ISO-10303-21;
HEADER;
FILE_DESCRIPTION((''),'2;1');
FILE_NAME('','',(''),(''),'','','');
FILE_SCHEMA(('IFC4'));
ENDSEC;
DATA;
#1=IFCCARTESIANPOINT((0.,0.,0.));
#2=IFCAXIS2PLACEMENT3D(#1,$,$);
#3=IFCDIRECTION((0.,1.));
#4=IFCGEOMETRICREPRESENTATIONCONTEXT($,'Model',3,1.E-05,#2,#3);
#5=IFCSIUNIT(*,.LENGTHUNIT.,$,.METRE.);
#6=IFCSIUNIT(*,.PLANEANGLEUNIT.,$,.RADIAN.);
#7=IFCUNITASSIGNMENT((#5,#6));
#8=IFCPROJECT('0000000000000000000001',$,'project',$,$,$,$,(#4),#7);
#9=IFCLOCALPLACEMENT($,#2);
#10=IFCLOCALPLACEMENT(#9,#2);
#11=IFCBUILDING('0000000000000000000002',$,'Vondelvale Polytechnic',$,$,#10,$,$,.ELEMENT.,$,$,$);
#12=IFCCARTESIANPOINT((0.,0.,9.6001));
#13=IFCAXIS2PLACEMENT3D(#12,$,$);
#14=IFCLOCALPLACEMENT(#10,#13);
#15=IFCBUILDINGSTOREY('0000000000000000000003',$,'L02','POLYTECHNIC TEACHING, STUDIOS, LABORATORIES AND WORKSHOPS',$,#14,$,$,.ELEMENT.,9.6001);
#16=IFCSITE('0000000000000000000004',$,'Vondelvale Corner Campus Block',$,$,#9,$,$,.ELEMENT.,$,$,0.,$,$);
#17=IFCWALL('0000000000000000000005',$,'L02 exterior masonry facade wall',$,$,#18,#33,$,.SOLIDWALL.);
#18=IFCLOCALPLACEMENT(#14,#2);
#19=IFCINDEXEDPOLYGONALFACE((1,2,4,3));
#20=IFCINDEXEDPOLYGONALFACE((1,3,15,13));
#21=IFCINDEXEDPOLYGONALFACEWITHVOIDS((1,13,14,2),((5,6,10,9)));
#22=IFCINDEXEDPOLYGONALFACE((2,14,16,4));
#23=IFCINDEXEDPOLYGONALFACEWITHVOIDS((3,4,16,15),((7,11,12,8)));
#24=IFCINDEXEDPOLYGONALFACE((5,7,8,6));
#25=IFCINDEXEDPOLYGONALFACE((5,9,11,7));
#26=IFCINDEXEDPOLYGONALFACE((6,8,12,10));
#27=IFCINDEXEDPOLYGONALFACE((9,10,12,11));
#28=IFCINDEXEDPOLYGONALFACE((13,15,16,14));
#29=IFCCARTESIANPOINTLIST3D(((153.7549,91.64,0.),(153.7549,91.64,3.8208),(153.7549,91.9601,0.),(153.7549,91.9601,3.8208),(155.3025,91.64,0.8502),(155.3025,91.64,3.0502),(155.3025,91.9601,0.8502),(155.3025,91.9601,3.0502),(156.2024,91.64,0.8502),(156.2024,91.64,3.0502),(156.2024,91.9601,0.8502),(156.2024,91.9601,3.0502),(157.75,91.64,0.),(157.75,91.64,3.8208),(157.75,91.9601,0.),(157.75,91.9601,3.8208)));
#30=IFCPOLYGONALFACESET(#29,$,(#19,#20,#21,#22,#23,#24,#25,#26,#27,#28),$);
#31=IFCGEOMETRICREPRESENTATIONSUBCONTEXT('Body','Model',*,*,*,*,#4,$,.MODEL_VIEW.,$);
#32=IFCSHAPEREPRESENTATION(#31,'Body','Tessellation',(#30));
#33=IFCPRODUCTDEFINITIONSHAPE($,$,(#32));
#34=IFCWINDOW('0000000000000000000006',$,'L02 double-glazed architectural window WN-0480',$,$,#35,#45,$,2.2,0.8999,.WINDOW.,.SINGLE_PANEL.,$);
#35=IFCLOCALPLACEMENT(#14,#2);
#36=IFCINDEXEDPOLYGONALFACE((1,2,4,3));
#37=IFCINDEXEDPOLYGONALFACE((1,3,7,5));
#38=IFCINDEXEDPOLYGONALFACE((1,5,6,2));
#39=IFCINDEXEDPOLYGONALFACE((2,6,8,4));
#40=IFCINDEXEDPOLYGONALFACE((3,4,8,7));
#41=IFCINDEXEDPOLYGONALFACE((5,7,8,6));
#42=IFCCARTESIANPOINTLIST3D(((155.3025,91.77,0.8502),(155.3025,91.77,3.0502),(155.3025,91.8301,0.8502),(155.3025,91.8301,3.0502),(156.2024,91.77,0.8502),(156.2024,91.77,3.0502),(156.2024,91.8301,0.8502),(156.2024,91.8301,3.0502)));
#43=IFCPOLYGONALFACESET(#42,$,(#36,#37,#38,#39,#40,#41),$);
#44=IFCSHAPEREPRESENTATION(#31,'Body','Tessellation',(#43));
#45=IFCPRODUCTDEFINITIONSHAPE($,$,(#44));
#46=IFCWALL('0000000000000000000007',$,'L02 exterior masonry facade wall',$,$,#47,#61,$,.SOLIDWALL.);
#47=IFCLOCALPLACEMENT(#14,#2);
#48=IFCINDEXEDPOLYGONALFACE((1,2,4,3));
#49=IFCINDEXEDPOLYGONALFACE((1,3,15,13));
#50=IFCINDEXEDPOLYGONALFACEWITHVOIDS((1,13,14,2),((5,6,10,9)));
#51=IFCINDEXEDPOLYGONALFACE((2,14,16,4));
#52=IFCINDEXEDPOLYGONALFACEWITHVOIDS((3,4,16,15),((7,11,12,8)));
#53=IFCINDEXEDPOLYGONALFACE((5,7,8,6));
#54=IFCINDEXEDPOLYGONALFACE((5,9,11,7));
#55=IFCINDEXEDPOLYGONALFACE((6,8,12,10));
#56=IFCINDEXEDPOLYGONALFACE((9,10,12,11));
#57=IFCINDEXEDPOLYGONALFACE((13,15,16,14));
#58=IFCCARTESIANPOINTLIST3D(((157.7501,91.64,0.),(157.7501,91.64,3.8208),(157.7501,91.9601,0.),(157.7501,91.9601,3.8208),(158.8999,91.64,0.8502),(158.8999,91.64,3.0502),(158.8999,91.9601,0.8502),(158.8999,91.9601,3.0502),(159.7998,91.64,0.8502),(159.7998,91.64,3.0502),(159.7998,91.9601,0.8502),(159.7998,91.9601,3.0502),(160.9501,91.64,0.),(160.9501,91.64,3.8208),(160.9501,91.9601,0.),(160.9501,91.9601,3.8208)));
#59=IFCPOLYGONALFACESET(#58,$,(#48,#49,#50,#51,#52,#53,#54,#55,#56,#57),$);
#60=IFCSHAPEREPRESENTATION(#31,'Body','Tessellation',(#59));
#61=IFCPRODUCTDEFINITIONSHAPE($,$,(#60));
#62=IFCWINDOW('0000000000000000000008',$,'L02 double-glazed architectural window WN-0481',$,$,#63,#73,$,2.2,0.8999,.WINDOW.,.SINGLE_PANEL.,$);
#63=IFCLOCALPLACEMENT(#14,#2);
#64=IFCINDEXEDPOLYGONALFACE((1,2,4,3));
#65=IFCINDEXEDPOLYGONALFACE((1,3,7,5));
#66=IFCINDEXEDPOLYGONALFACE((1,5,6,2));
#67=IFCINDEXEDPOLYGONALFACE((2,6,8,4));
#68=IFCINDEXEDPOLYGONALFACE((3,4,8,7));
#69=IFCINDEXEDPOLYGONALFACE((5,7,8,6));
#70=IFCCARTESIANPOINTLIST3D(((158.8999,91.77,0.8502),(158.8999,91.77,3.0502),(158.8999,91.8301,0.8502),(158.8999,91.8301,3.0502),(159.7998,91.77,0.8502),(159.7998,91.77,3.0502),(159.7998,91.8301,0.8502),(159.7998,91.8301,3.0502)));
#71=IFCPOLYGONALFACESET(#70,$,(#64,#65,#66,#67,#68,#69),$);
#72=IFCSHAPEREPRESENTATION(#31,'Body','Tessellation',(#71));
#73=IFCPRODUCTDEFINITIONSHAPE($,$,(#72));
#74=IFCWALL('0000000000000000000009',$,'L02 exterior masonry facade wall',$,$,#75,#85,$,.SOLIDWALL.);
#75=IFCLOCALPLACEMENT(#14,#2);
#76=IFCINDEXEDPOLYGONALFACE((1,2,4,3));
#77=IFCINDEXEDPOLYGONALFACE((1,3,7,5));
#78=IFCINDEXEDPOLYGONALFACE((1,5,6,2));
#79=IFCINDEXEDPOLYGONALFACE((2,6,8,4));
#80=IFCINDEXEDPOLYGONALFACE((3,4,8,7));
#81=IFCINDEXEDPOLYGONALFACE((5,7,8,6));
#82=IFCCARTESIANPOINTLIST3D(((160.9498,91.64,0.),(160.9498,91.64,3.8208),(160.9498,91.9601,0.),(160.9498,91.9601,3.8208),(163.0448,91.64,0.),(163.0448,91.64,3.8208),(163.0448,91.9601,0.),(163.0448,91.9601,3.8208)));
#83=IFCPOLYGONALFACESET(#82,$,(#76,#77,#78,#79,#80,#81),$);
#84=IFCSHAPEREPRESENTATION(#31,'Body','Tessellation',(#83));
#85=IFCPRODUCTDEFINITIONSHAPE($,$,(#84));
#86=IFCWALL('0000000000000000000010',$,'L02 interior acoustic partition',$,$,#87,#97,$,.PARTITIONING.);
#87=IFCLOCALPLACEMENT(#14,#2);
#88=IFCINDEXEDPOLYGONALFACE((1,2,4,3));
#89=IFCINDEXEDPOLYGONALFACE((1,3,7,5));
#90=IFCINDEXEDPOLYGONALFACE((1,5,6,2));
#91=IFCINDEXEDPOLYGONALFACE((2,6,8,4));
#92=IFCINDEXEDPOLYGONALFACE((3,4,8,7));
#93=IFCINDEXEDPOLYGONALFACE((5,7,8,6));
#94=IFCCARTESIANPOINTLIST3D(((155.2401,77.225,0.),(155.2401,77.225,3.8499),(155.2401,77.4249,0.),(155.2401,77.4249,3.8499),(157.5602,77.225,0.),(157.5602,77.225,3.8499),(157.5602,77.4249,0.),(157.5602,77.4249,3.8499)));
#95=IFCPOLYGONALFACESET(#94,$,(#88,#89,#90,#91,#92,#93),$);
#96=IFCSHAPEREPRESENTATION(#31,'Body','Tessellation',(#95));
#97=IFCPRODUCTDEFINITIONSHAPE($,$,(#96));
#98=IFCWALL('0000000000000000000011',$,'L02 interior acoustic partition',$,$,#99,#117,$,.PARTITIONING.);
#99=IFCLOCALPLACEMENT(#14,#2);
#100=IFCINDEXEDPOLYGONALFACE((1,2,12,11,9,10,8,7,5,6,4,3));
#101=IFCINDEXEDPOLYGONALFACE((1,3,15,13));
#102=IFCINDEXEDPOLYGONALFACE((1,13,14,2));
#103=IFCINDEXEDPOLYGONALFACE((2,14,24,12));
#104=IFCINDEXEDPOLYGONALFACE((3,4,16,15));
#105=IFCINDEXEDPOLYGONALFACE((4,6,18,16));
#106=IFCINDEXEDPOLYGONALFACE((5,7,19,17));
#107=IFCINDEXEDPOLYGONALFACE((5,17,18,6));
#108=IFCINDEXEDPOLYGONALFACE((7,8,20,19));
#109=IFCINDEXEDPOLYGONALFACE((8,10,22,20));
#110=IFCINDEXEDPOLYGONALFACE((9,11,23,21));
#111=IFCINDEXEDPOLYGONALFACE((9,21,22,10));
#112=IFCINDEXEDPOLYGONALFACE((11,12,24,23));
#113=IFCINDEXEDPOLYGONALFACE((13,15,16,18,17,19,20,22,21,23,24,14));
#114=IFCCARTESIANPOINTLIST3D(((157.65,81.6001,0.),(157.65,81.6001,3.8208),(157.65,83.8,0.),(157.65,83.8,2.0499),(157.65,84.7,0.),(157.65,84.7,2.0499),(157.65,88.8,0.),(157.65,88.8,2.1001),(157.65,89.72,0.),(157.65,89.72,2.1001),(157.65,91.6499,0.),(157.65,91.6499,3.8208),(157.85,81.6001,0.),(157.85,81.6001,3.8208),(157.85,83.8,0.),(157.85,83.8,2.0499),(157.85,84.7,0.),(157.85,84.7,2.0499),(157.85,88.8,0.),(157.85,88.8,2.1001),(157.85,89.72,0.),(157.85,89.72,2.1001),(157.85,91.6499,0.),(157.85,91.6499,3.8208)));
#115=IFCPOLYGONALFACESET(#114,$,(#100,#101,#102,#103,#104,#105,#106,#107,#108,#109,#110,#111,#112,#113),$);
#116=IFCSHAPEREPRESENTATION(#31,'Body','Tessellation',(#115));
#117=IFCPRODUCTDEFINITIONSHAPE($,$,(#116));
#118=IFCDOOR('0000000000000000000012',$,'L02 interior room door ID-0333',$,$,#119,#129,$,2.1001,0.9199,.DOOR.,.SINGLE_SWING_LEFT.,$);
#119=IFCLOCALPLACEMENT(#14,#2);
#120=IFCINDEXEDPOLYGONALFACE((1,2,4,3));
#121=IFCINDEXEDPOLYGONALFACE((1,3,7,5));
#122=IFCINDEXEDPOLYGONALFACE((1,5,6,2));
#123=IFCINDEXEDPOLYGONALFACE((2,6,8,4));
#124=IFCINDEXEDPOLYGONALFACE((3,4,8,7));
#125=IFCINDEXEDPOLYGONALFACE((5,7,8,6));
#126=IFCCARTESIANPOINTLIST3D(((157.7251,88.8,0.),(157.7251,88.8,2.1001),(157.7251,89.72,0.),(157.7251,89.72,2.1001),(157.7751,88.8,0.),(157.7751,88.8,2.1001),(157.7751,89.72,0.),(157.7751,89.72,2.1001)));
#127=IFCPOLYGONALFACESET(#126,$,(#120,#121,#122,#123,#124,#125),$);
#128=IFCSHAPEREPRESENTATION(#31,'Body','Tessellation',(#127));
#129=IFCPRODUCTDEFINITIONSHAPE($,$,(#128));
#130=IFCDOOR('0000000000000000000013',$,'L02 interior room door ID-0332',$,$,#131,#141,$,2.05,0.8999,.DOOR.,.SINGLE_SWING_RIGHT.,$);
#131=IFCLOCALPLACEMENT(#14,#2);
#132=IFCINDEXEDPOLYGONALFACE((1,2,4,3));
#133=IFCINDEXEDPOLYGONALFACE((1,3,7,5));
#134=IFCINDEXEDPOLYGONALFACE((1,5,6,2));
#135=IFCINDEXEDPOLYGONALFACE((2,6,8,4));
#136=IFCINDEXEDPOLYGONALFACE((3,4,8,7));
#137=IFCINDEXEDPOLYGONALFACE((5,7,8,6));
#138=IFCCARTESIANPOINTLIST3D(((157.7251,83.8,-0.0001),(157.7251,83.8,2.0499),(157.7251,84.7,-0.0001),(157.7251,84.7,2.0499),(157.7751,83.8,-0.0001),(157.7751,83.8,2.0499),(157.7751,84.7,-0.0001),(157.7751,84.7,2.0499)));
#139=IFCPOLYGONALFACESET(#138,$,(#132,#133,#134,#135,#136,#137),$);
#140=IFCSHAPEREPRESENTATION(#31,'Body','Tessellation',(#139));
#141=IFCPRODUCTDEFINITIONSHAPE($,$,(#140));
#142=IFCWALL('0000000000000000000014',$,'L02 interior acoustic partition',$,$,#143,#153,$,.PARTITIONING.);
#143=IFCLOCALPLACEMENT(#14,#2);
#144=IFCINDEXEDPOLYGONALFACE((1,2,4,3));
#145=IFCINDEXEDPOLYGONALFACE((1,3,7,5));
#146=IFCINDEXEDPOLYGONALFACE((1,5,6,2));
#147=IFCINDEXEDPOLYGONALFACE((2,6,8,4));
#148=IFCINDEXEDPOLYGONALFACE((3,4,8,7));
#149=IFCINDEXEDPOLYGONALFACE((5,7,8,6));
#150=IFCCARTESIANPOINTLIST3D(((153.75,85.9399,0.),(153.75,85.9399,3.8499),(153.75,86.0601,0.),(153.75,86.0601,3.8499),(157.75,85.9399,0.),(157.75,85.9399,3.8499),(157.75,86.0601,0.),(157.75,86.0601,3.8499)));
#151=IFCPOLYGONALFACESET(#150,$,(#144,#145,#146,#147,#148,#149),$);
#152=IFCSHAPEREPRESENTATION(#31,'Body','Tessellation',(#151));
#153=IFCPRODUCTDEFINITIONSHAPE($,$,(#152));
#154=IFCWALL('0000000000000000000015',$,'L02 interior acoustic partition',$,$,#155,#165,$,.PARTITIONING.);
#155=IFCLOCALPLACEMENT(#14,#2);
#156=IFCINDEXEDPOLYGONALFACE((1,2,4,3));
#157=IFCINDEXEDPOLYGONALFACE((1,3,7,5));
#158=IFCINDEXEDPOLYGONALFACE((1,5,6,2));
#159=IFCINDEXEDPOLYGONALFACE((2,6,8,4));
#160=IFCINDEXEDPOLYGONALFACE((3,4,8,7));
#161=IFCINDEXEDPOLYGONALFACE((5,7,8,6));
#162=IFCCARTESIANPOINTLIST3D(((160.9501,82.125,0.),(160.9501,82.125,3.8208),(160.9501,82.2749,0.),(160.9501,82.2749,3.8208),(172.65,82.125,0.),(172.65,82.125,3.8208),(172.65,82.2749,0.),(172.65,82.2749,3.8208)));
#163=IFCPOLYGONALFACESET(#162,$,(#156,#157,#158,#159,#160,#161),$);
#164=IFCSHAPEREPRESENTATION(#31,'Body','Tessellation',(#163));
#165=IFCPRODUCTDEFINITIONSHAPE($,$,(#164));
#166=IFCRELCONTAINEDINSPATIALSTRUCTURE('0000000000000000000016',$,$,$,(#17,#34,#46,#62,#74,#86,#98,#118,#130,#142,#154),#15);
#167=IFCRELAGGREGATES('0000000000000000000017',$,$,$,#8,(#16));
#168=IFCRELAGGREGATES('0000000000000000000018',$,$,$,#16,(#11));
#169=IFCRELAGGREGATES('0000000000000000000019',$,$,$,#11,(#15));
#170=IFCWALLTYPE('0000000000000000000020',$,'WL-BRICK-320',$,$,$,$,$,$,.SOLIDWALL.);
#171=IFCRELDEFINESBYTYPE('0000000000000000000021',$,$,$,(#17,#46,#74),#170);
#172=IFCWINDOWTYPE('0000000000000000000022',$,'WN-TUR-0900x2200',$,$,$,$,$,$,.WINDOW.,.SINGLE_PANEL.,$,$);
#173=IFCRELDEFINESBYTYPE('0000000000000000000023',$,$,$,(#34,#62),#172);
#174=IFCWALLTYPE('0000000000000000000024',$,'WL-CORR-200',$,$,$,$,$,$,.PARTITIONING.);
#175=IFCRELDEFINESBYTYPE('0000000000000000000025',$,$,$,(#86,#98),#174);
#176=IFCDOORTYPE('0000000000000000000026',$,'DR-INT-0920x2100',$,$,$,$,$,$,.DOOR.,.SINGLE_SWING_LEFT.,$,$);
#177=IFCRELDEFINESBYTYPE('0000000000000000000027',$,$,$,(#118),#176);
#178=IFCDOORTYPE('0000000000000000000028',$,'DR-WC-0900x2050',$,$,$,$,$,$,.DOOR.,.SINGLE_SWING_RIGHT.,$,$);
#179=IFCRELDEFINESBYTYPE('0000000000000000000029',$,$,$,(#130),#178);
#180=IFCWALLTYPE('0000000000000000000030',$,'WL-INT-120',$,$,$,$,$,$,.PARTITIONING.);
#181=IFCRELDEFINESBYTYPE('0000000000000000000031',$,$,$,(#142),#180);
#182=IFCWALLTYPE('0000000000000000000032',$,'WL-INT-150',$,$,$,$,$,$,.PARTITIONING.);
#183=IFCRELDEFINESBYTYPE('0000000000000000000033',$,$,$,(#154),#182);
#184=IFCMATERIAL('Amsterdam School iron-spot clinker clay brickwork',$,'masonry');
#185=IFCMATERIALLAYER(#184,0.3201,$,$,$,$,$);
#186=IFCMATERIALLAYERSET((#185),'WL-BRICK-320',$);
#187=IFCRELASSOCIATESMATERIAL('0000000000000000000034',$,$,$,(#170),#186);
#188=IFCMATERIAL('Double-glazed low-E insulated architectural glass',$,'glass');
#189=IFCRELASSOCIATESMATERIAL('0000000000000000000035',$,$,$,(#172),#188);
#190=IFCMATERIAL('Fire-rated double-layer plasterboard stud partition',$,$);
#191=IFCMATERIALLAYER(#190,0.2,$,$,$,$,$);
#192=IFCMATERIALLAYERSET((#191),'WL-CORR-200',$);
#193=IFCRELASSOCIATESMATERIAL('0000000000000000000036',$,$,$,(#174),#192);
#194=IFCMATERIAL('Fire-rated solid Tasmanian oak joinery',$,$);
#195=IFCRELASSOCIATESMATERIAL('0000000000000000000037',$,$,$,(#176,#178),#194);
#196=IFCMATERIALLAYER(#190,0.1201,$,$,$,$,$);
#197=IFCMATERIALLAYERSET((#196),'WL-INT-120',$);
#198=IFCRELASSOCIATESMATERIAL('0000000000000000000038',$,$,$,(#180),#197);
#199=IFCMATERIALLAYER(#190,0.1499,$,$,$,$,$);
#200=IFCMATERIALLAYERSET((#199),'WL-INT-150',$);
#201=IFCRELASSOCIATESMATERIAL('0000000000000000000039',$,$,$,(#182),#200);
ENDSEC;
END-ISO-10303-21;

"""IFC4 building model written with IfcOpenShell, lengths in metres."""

from ifc_helpers import new_model, si_unit, direction, frame, frame_2d, origin, place, context, subcontext, project, spatial, rectangle, extrude, material, layer, layer_set, type_object, element, fill, save


model = new_model("IFC4")

# Units and contexts
model_context = context("Model", 3, precision=1e-05, world=origin(), true_north=direction((0.0, 1.0)))
body_context = subcontext(model_context, "Body", "Model", "MODEL_VIEW")
ifc_project = project(units=[si_unit("LENGTHUNIT", "METRE"), si_unit("PLANEANGLEUNIT", "RADIAN")], contexts=[model_context])

# Site, building, storey
site_placement = place(None, origin())
site = spatial("IfcSite", under=ifc_project, at=site_placement, Name="Vondelvale Corner Campus Block", CompositionType="ELEMENT", RefElevation=0.0)
building_placement = place(site_placement, origin())
building = spatial("IfcBuilding", under=site, at=building_placement, Name="Vondelvale Polytechnic", CompositionType="ELEMENT")
storey_placement = place(building_placement, frame((0.0, 0.0, 9.6001)))
storey = spatial("IfcBuildingStorey", under=building, at=storey_placement, Name="L02", Description="POLYTECHNIC TEACHING, STUDIOS, LABORATORIES AND WORKSHOPS", CompositionType="ELEMENT", Elevation=9.6001)

# Walls, openings, windows
ifc_material_1 = material(Name="Amsterdam School iron-spot clinker clay brickwork", Category="masonry")
ifc_layer_1 = layer(ifc_material_1, 0.3201)
ifc_layer_set_1 = layer_set([ifc_layer_1], Name="WL-BRICK-320")
wall_type_1 = type_object("IfcWallType", Name="WL-BRICK-320", PredefinedType="SOLIDWALL", material=ifc_layer_set_1)
wall_1_placement = place(storey_placement, frame((153.7549, 91.8, 0.0), z_axis=(0.0, 0.0, 1.0), x_axis=(1.0, 0.0, 0.0)))
wall_1 = element("IfcWall", 1, at=wall_1_placement, inside=storey, type_object=wall_type_1, Name="L02 exterior masonry facade wall", PredefinedType="SOLIDWALL", context=body_context, shape_type="SweptSolid", body=[
    extrude(rectangle(XDim=3.9951, YDim=0.3201, at=frame_2d((1.9976, 0.0))), origin(), (0.0, 0.0, 1.0), 3.8208),
])
opening_1_placement = place(wall_1_placement, frame((1.5476, 0.0, 0.8501)))
opening_1 = element("IfcOpeningElement", 2, at=opening_1_placement, cuts=wall_1, PredefinedType="OPENING", context=body_context, shape_type="SweptSolid", body=[
    extrude(rectangle(XDim=0.8999, YDim=2.2, at=frame_2d((0.45, 1.1001))), frame((0.0, 0.1699, 0.0), z_axis=(0.0, -1.0, 0.0), x_axis=(1.0, 0.0, 0.0)), (0.0, 0.0, 1.0), 0.3401),
])
ifc_material_2 = material(Name="Double-glazed low-E insulated architectural glass", Category="glass")
window_type = type_object("IfcWindowType", Name="WN-TUR-0900x2200", PartitioningType="SINGLE_PANEL", PredefinedType="WINDOW", material=ifc_material_2)
window_1_placement = place(opening_1_placement, origin())
window_1 = element("IfcWindow", 3, at=window_1_placement, inside=storey, type_object=window_type, Name="L02 double-glazed architectural window WN-0480", OverallHeight=2.2, OverallWidth=0.8999, PartitioningType="SINGLE_PANEL", PredefinedType="WINDOW", context=body_context, shape_type="SweptSolid", body=[
    extrude(rectangle(XDim=0.8999, YDim=2.2, at=frame_2d((0.45, 1.1001))), frame((0.0, 0.03, 0.0), z_axis=(0.0, -1.0, 0.0), x_axis=(1.0, 0.0, 0.0)), (0.0, 0.0, 1.0), 0.0601),
])
fill(opening_1, window_1)
wall_2_placement = place(storey_placement, frame((157.75, 91.8, 0.0), z_axis=(0.0, 0.0, 1.0), x_axis=(1.0, 0.0, 0.0)))
wall_2 = element("IfcWall", 4, at=wall_2_placement, inside=storey, type_object=wall_type_1, Name="L02 exterior masonry facade wall", PredefinedType="SOLIDWALL", context=body_context, shape_type="SweptSolid", body=[
    extrude(rectangle(XDim=3.2, YDim=0.3201, at=frame_2d((1.6001, 0.0))), origin(), (0.0, 0.0, 1.0), 3.8208),
])
opening_2_placement = place(wall_2_placement, frame((1.1499, 0.0, 0.8501)))
opening_2 = element("IfcOpeningElement", 5, at=opening_2_placement, cuts=wall_2, PredefinedType="OPENING", context=body_context, shape_type="SweptSolid", body=[
    extrude(rectangle(XDim=0.8999, YDim=2.2, at=frame_2d((0.45, 1.1001))), frame((0.0, 0.1699, 0.0), z_axis=(0.0, -1.0, 0.0), x_axis=(1.0, 0.0, 0.0)), (0.0, 0.0, 1.0), 0.3401),
])
window_2_placement = place(opening_2_placement, origin())
window_2 = element("IfcWindow", 6, at=window_2_placement, inside=storey, type_object=window_type, Name="L02 double-glazed architectural window WN-0481", OverallHeight=2.2, OverallWidth=0.8999, PartitioningType="SINGLE_PANEL", PredefinedType="WINDOW", context=body_context, shape_type="SweptSolid", body=[
    extrude(rectangle(XDim=0.8999, YDim=2.2, at=frame_2d((0.45, 1.1001))), frame((0.0, 0.03, 0.0), z_axis=(0.0, -1.0, 0.0), x_axis=(1.0, 0.0, 0.0)), (0.0, 0.0, 1.0), 0.0601),
])
fill(opening_2, window_2)

# Walls
wall_3_placement = place(storey_placement, frame((160.95, 91.8, 0.0), z_axis=(0.0, 0.0, 1.0), x_axis=(1.0, 0.0, 0.0)))
element("IfcWall", 7, at=wall_3_placement, inside=storey, type_object=wall_type_1, Name="L02 exterior masonry facade wall", PredefinedType="SOLIDWALL", context=body_context, shape_type="SweptSolid", body=[
    extrude(rectangle(XDim=2.095, YDim=0.3201, at=frame_2d((1.0474, 0.0))), origin(), (0.0, 0.0, 1.0), 3.8208),
])
ifc_material_3 = material(Name="Fire-rated double-layer plasterboard stud partition")
ifc_layer_2 = layer(ifc_material_3, 0.2)
ifc_layer_set_2 = layer_set([ifc_layer_2], Name="WL-CORR-200")
wall_type_2 = type_object("IfcWallType", Name="WL-CORR-200", PredefinedType="PARTITIONING", material=ifc_layer_set_2)
wall_4_placement = place(storey_placement, frame((155.24, 77.325, 0.0), z_axis=(0.0, 0.0, 1.0), x_axis=(1.0, 0.0, 0.0)))
element("IfcWall", 8, at=wall_4_placement, inside=storey, type_object=wall_type_2, Name="L02 interior acoustic partition", PredefinedType="PARTITIONING", context=body_context, shape_type="SweptSolid", body=[
    extrude(rectangle(XDim=2.3201, YDim=0.2, at=frame_2d((1.1602, 0.0))), origin(), (0.0, 0.0, 1.0), 3.8499),
])

# Wall, openings, doors
wall_5_placement = place(storey_placement, frame((157.75, 81.6001, 0.0), z_axis=(0.0, 0.0, 1.0), x_axis=(0.0, 1.0, 0.0)))
wall_5 = element("IfcWall", 9, at=wall_5_placement, inside=storey, type_object=wall_type_2, Name="L02 interior acoustic partition", PredefinedType="PARTITIONING", context=body_context, shape_type="SweptSolid", body=[
    extrude(rectangle(XDim=10.0498, YDim=0.2, at=frame_2d((5.0249, 0.0))), origin(), (0.0, 0.0, 1.0), 3.8208),
])
opening_3_placement = place(wall_5_placement, frame((2.2, 0.0, 0.0)))
opening_3 = element("IfcOpeningElement", 10, at=opening_3_placement, cuts=wall_5, PredefinedType="OPENING", context=body_context, shape_type="SweptSolid", body=[
    extrude(rectangle(XDim=0.8999, YDim=2.05, at=frame_2d((0.45, 1.0249))), frame((0.0, 0.1099, 0.0), z_axis=(0.0, -1.0, 0.0), x_axis=(1.0, 0.0, 0.0)), (0.0, 0.0, 1.0), 0.22),
])
opening_4_placement = place(wall_5_placement, frame((7.2, 0.0, 0.0)))
opening_4 = element("IfcOpeningElement", 11, at=opening_4_placement, cuts=wall_5, PredefinedType="OPENING", context=body_context, shape_type="SweptSolid", body=[
    extrude(rectangle(XDim=0.9199, YDim=2.1001, at=frame_2d((0.46, 1.05))), frame((0.0, 0.1099, 0.0), z_axis=(0.0, -1.0, 0.0), x_axis=(1.0, 0.0, 0.0)), (0.0, 0.0, 1.0), 0.22),
])
ifc_material_4 = material(Name="Fire-rated solid Tasmanian oak joinery")
door_type_1 = type_object("IfcDoorType", Name="DR-INT-0920x2100", OperationType="SINGLE_SWING_LEFT", PredefinedType="DOOR", material=ifc_material_4)
door_1_placement = place(opening_4_placement, origin())
door_1 = element("IfcDoor", 12, at=door_1_placement, inside=storey, type_object=door_type_1, Name="L02 interior room door ID-0333", OperationType="SINGLE_SWING_LEFT", OverallHeight=2.1001, OverallWidth=0.9199, PredefinedType="DOOR", context=body_context, shape_type="SweptSolid", body=[
    extrude(rectangle(XDim=0.9199, YDim=2.1001, at=frame_2d((0.46, 1.05))), frame((0.0, 0.0249, 0.0), z_axis=(0.0, -1.0, 0.0), x_axis=(1.0, 0.0, 0.0)), (0.0, 0.0, 1.0), 0.05),
])
fill(opening_4, door_1)
door_type_2 = type_object("IfcDoorType", Name="DR-WC-0900x2050", OperationType="SINGLE_SWING_RIGHT", PredefinedType="DOOR", material=ifc_material_4)
door_2_placement = place(opening_3_placement, origin())
door_2 = element("IfcDoor", 13, at=door_2_placement, inside=storey, type_object=door_type_2, Name="L02 interior room door ID-0332", OperationType="SINGLE_SWING_RIGHT", OverallHeight=2.05, OverallWidth=0.8999, PredefinedType="DOOR", context=body_context, shape_type="SweptSolid", body=[
    extrude(rectangle(XDim=0.8999, YDim=2.05, at=frame_2d((0.45, 1.0249))), frame((0.0, 0.0249, 0.0), z_axis=(0.0, -1.0, 0.0), x_axis=(1.0, 0.0, 0.0)), (0.0, 0.0, 1.0), 0.05),
])
fill(opening_3, door_2)

# Walls
ifc_layer_3 = layer(ifc_material_3, 0.1201)
ifc_layer_set_3 = layer_set([ifc_layer_3], Name="WL-INT-120")
wall_type_3 = type_object("IfcWallType", Name="WL-INT-120", PredefinedType="PARTITIONING", material=ifc_layer_set_3)
wall_6_placement = place(storey_placement, frame((153.75, 86.0, 0.0), z_axis=(0.0, 0.0, 1.0), x_axis=(1.0, 0.0, 0.0)))
element("IfcWall", 14, at=wall_6_placement, inside=storey, type_object=wall_type_3, Name="L02 interior acoustic partition", PredefinedType="PARTITIONING", context=body_context, shape_type="SweptSolid", body=[
    extrude(rectangle(XDim=4.0, YDim=0.1201, at=frame_2d((2.0, 0.0))), origin(), (0.0, 0.0, 1.0), 3.8499),
])
ifc_layer_4 = layer(ifc_material_3, 0.1499)
ifc_layer_set_4 = layer_set([ifc_layer_4], Name="WL-INT-150")
wall_type_4 = type_object("IfcWallType", Name="WL-INT-150", PredefinedType="PARTITIONING", material=ifc_layer_set_4)
wall_7_placement = place(storey_placement, frame((160.95, 82.2, 0.0), z_axis=(0.0, 0.0, 1.0), x_axis=(1.0, 0.0, 0.0)))
element("IfcWall", 15, at=wall_7_placement, inside=storey, type_object=wall_type_4, Name="L02 interior acoustic partition", PredefinedType="PARTITIONING", context=body_context, shape_type="SweptSolid", body=[
    extrude(rectangle(XDim=11.7, YDim=0.1499, at=frame_2d((5.8501, 0.0))), origin(), (0.0, 0.0, 1.0), 3.8208),
])

save(model, "model.ifc")
